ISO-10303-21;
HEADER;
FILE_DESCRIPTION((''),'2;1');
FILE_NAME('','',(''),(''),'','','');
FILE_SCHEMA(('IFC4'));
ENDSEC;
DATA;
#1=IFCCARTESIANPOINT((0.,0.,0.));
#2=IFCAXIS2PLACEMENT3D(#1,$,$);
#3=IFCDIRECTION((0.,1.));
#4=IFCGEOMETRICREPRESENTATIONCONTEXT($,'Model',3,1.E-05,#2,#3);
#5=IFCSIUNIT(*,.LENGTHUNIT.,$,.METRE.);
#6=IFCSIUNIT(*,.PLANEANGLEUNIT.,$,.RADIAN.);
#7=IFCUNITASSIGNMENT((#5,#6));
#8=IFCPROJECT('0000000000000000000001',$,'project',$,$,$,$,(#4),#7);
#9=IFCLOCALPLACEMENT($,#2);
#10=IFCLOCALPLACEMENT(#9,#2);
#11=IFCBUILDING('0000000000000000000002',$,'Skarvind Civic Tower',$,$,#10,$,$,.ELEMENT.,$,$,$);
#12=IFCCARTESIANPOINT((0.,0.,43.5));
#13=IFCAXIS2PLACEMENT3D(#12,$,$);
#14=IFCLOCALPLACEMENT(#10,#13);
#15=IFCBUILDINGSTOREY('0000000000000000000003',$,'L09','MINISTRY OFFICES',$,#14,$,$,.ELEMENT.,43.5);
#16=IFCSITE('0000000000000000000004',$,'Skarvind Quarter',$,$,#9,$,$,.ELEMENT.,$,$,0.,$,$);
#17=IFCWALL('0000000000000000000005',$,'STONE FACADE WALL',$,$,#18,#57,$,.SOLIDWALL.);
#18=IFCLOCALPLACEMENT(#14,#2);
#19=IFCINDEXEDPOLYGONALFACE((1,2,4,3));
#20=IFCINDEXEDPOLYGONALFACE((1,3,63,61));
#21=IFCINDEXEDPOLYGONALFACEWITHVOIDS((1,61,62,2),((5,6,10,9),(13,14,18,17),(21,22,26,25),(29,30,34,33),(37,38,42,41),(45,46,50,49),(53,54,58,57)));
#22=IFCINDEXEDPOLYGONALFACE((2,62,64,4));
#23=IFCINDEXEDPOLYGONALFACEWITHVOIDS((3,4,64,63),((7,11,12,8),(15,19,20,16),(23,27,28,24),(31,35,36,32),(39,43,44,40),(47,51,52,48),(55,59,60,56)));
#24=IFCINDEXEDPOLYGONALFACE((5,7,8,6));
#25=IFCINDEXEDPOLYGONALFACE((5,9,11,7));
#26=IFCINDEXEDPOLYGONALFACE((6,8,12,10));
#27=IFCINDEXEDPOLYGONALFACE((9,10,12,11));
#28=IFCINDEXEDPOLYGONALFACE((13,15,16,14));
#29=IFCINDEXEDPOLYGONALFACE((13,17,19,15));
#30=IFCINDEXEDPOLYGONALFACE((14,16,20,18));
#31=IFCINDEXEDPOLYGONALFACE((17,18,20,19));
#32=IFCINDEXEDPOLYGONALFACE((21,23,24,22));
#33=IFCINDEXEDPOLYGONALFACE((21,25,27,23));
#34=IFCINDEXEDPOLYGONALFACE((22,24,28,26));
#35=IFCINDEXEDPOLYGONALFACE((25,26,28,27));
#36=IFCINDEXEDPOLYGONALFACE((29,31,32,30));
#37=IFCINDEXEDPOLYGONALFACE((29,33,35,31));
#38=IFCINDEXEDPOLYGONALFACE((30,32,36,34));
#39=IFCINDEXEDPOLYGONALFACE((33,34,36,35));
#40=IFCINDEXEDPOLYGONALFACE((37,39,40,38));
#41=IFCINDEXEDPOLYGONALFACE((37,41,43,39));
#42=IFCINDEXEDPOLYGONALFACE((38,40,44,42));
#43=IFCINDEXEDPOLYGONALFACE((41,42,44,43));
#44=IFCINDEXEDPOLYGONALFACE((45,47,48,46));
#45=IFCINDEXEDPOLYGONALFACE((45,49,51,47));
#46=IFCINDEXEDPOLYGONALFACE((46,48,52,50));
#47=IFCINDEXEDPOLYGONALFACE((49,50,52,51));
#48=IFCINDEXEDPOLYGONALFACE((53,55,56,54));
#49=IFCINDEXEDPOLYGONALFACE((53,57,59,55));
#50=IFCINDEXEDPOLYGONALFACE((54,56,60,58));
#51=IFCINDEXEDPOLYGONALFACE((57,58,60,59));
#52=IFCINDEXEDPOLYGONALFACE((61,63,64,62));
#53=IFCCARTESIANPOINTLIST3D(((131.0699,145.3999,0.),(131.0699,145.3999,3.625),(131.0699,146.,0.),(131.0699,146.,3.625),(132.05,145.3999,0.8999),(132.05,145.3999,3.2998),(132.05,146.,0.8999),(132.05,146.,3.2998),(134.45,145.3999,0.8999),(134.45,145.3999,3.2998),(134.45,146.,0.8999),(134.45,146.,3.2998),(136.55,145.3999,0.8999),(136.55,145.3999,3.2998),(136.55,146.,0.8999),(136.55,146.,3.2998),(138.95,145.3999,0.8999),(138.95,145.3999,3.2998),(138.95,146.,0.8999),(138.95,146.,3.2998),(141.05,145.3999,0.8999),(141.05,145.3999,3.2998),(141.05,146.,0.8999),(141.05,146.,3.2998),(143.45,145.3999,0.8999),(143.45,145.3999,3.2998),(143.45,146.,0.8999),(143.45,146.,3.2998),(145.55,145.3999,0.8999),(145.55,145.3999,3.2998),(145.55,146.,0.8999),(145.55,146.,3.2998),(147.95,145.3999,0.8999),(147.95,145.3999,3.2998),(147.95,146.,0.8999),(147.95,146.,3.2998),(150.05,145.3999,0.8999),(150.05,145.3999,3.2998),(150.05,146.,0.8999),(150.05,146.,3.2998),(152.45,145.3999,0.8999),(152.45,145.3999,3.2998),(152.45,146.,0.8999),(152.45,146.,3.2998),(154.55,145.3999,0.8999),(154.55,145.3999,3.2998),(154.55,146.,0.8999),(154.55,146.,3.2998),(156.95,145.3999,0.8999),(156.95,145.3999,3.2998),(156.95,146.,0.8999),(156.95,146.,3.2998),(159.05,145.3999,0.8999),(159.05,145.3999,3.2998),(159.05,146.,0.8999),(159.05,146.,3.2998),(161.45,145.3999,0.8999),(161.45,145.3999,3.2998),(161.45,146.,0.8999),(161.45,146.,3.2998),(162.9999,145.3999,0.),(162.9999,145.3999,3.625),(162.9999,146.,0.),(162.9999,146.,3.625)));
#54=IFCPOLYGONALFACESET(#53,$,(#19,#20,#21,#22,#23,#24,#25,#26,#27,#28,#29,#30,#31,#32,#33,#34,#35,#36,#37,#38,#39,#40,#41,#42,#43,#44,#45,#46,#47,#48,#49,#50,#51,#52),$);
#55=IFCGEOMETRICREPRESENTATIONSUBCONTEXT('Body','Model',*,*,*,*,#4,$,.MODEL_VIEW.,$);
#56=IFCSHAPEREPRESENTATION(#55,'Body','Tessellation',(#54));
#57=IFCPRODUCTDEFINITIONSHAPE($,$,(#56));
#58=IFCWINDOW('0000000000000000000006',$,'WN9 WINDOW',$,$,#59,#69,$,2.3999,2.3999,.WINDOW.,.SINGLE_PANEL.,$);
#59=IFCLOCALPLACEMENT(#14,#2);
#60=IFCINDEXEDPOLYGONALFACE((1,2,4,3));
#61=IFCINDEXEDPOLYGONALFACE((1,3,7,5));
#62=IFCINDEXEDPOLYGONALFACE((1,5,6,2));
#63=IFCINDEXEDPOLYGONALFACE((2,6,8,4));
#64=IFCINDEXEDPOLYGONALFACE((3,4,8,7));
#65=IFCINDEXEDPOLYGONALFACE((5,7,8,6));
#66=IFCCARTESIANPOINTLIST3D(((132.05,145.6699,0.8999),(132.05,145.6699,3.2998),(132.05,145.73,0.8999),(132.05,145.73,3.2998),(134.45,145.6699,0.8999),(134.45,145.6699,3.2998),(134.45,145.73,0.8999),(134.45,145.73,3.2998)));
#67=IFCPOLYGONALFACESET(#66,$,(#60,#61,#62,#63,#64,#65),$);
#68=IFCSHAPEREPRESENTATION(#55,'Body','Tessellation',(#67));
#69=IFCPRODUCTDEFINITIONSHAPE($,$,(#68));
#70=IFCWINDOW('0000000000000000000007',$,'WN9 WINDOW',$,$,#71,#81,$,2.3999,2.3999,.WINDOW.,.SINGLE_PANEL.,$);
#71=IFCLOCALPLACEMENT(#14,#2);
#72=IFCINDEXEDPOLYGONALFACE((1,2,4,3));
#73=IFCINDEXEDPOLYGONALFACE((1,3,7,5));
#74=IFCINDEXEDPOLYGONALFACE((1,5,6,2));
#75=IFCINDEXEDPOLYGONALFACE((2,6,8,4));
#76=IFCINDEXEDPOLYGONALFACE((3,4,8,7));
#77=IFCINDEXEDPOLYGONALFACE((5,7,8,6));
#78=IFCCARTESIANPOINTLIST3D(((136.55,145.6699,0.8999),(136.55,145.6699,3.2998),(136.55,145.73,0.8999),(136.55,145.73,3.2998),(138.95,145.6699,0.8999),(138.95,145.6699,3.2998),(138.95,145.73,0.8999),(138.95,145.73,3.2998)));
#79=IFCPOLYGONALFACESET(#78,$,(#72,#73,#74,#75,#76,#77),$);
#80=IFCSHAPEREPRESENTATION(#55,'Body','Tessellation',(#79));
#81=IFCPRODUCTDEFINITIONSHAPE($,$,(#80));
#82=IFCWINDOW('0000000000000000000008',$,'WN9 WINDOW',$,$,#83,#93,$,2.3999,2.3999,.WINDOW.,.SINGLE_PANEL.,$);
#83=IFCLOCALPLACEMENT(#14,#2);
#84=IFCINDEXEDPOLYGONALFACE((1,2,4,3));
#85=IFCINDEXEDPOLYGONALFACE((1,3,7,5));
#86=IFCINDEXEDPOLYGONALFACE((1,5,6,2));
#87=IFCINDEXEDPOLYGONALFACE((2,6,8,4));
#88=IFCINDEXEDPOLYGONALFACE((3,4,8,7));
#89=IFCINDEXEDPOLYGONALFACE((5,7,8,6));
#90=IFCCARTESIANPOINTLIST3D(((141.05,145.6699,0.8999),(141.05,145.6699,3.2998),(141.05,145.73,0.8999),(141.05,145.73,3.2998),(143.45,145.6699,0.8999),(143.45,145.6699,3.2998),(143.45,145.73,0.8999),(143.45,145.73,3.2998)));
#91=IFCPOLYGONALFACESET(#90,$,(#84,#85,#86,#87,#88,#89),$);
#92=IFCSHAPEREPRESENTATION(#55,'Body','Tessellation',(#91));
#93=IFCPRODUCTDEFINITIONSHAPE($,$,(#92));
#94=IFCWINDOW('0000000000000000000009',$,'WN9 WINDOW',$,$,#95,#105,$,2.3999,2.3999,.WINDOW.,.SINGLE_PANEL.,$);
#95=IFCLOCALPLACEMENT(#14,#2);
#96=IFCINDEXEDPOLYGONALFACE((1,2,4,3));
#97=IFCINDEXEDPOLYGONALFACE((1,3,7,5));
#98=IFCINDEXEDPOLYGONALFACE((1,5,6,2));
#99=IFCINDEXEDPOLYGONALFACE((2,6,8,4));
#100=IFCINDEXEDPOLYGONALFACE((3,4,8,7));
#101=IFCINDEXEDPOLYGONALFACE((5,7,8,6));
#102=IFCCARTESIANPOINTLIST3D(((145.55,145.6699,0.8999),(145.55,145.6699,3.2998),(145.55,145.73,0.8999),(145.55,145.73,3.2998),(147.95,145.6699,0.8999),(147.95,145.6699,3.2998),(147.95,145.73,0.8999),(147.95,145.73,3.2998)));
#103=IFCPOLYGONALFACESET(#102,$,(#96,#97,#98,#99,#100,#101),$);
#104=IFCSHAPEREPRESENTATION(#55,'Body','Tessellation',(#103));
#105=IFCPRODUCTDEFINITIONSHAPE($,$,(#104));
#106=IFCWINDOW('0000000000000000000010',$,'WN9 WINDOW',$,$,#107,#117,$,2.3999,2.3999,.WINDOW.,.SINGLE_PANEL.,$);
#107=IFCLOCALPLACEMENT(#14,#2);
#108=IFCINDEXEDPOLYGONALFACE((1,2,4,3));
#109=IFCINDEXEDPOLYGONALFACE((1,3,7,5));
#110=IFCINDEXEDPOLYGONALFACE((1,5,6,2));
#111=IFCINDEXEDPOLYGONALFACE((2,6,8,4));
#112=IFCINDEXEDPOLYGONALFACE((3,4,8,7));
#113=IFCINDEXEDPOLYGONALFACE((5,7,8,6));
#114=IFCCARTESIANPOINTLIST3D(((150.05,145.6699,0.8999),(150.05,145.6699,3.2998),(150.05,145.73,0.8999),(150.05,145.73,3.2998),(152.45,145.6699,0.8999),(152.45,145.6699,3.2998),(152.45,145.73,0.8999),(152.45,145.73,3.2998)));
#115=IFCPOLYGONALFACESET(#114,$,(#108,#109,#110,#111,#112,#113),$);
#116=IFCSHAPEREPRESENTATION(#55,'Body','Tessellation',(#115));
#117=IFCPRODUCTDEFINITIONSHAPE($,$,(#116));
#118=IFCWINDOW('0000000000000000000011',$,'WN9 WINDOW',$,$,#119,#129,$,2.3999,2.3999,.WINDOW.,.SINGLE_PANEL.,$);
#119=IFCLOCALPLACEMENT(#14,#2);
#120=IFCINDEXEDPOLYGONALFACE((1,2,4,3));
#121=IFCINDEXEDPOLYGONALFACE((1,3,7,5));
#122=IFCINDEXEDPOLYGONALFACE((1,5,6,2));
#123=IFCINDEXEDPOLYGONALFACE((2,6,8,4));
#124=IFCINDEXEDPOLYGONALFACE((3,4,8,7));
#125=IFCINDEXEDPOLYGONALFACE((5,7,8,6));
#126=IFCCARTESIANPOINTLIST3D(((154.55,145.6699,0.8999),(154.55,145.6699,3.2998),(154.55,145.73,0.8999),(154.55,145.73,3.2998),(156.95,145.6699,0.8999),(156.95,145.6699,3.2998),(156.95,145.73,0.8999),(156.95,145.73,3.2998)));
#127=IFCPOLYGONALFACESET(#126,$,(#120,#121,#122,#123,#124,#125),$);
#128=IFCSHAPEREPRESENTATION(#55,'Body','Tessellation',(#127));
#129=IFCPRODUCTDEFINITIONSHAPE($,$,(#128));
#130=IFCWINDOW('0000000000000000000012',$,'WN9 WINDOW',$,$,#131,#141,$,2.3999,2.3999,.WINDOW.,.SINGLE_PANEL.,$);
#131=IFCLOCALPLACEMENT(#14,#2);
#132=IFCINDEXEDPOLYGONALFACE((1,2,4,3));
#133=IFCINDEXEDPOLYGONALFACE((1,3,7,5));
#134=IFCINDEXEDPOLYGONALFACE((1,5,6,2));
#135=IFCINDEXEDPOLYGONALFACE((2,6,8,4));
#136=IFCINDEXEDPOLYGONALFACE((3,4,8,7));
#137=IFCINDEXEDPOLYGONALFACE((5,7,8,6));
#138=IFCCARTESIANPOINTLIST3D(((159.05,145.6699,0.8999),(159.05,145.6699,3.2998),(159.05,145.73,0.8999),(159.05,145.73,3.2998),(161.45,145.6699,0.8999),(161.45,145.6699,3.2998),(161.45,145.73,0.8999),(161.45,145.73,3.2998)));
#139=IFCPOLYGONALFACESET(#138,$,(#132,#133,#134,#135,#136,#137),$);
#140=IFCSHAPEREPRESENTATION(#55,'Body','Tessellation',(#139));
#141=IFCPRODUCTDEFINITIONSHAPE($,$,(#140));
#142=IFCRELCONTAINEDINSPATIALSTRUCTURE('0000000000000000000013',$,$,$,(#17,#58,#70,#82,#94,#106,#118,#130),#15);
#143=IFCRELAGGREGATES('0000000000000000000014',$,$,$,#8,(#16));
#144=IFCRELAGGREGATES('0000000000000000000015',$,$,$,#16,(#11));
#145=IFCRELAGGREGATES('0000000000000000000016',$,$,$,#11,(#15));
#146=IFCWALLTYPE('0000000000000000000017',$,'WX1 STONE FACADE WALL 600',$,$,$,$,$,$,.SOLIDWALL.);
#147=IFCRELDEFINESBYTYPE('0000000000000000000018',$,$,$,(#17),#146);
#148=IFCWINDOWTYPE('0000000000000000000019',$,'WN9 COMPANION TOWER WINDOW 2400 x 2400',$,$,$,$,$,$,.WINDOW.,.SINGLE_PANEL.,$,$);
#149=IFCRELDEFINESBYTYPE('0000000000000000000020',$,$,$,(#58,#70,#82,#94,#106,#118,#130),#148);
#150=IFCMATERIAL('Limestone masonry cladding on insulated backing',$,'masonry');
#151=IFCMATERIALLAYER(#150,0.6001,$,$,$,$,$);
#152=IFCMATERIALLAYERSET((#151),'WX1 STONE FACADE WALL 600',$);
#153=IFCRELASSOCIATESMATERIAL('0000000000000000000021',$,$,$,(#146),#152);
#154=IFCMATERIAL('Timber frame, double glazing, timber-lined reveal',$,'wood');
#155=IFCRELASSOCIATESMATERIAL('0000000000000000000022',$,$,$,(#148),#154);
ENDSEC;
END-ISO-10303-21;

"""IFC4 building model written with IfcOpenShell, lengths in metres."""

from ifc_helpers import new_model, si_unit, direction, frame, frame_2d, origin, place, context, subcontext, project, spatial, rectangle, extrude, material, layer, layer_set, type_object, element, fill, save


model = new_model("IFC4")

# Units and contexts
model_context = context("Model", 3, precision=1e-05, world=origin(), true_north=direction((0.0, 1.0)))
body_context = subcontext(model_context, "Body", "Model", "MODEL_VIEW")
ifc_project = project(units=[si_unit("LENGTHUNIT", "METRE"), si_unit("PLANEANGLEUNIT", "RADIAN")], contexts=[model_context])

# Site, building, storey
site_placement = place(None, origin())
site = spatial("IfcSite", under=ifc_project, at=site_placement, Name="Skarvind Quarter", CompositionType="ELEMENT", RefElevation=0.0)
building_placement = place(site_placement, origin())
building = spatial("IfcBuilding", under=site, at=building_placement, Name="Skarvind Civic Tower", CompositionType="ELEMENT")
storey_placement = place(building_placement, frame((0.0, 0.0, 43.5)))
storey = spatial("IfcBuildingStorey", under=building, at=storey_placement, Name="L09", Description="MINISTRY OFFICES", CompositionType="ELEMENT", Elevation=43.5)

# Wall, openings, windows
ifc_material_1 = material(Name="Limestone masonry cladding on insulated backing", Category="masonry")
ifc_layer_1 = layer(ifc_material_1, 0.6001)
ifc_layer_set_1 = layer_set([ifc_layer_1], Name="WX1 STONE FACADE WALL 600")
wall_type_1 = type_object("IfcWallType", Name="WX1 STONE FACADE WALL 600", PredefinedType="SOLIDWALL", material=ifc_layer_set_1)
wall_1_placement = place(storey_placement, frame((131.0701, 145.7, 0.0), z_axis=(0.0, 0.0, 1.0), x_axis=(1.0, 0.0, 0.0)))
wall_1 = element("IfcWall", 1, at=wall_1_placement, inside=storey, type_object=wall_type_1, Name="STONE FACADE WALL", PredefinedType="SOLIDWALL", context=body_context, shape_type="SweptSolid", body=[
    extrude(rectangle(XDim=31.9299, YDim=0.6001, at=frame_2d((15.9648, 0.0))), origin(), (0.0, 0.0, 1.0), 3.625),
])
opening_1_placement = place(wall_1_placement, frame((0.98, 0.0, 0.8999)))
opening_1 = element("IfcOpeningElement", 2, at=opening_1_placement, cuts=wall_1, PredefinedType="OPENING", context=body_context, shape_type="SweptSolid", body=[
    extrude(rectangle(XDim=2.3999, YDim=2.3999, at=frame_2d((1.2, 1.2))), frame((0.0, 0.3101, 0.0), z_axis=(0.0, -1.0, 0.0), x_axis=(1.0, 0.0, 0.0)), (0.0, 0.0, 1.0), 0.6201),
])
opening_2_placement = place(wall_1_placement, frame((5.48, 0.0, 0.8999)))
opening_2 = element("IfcOpeningElement", 3, at=opening_2_placement, cuts=wall_1, PredefinedType="OPENING", context=body_context, shape_type="SweptSolid", body=[
    extrude(rectangle(XDim=2.3999, YDim=2.3999, at=frame_2d((1.2, 1.2))), frame((0.0, 0.3101, 0.0), z_axis=(0.0, -1.0, 0.0), x_axis=(1.0, 0.0, 0.0)), (0.0, 0.0, 1.0), 0.6201),
])
opening_3_placement = place(wall_1_placement, frame((9.98, 0.0, 0.8999)))
opening_3 = element("IfcOpeningElement", 4, at=opening_3_placement, cuts=wall_1, PredefinedType="OPENING", context=body_context, shape_type="SweptSolid", body=[
    extrude(rectangle(XDim=2.3999, YDim=2.3999, at=frame_2d((1.2, 1.2))), frame((0.0, 0.3101, 0.0), z_axis=(0.0, -1.0, 0.0), x_axis=(1.0, 0.0, 0.0)), (0.0, 0.0, 1.0), 0.6201),
])
opening_4_placement = place(wall_1_placement, frame((14.48, 0.0, 0.8999)))
opening_4 = element("IfcOpeningElement", 5, at=opening_4_placement, cuts=wall_1, PredefinedType="OPENING", context=body_context, shape_type="SweptSolid", body=[
    extrude(rectangle(XDim=2.3999, YDim=2.3999, at=frame_2d((1.2, 1.2))), frame((0.0, 0.3101, 0.0), z_axis=(0.0, -1.0, 0.0), x_axis=(1.0, 0.0, 0.0)), (0.0, 0.0, 1.0), 0.6201),
])
opening_5_placement = place(wall_1_placement, frame((18.98, 0.0, 0.8999)))
opening_5 = element("IfcOpeningElement", 6, at=opening_5_placement, cuts=wall_1, PredefinedType="OPENING", context=body_context, shape_type="SweptSolid", body=[
    extrude(rectangle(XDim=2.3999, YDim=2.3999, at=frame_2d((1.2, 1.2))), frame((0.0, 0.3101, 0.0), z_axis=(0.0, -1.0, 0.0), x_axis=(1.0, 0.0, 0.0)), (0.0, 0.0, 1.0), 0.6201),
])
opening_6_placement = place(wall_1_placement, frame((23.48, 0.0, 0.8999)))
opening_6 = element("IfcOpeningElement", 7, at=opening_6_placement, cuts=wall_1, PredefinedType="OPENING", context=body_context, shape_type="SweptSolid", body=[
    extrude(rectangle(XDim=2.3999, YDim=2.3999, at=frame_2d((1.2, 1.2))), frame((0.0, 0.3101, 0.0), z_axis=(0.0, -1.0, 0.0), x_axis=(1.0, 0.0, 0.0)), (0.0, 0.0, 1.0), 0.6201),
])
opening_7_placement = place(wall_1_placement, frame((27.98, 0.0, 0.8999)))
opening_7 = element("IfcOpeningElement", 8, at=opening_7_placement, cuts=wall_1, PredefinedType="OPENING", context=body_context, shape_type="SweptSolid", body=[
    extrude(rectangle(XDim=2.3999, YDim=2.3999, at=frame_2d((1.2, 1.2))), frame((0.0, 0.3101, 0.0), z_axis=(0.0, -1.0, 0.0), x_axis=(1.0, 0.0, 0.0)), (0.0, 0.0, 1.0), 0.6201),
])
ifc_material_2 = material(Name="Timber frame, double glazing, timber-lined reveal", Category="wood")
window_type = type_object("IfcWindowType", Name="WN9 COMPANION TOWER WINDOW 2400 x 2400", PartitioningType="SINGLE_PANEL", PredefinedType="WINDOW", material=ifc_material_2)
window_1_placement = place(opening_1_placement, origin())
window_1 = element("IfcWindow", 9, at=window_1_placement, inside=storey, type_object=window_type, Name="WN9 WINDOW", OverallHeight=2.3999, OverallWidth=2.3999, PartitioningType="SINGLE_PANEL", PredefinedType="WINDOW", context=body_context, shape_type="SweptSolid", body=[
    extrude(rectangle(XDim=2.3999, YDim=2.3999, at=frame_2d((1.2, 1.2))), frame((0.0, 0.03, 0.0), z_axis=(0.0, -1.0, 0.0), x_axis=(1.0, 0.0, 0.0)), (0.0, 0.0, 1.0), 0.0601),
])
fill(opening_1, window_1)
window_2_placement = place(opening_2_placement, origin())
window_2 = element("IfcWindow", 10, at=window_2_placement, inside=storey, type_object=window_type, Name="WN9 WINDOW", OverallHeight=2.3999, OverallWidth=2.3999, PartitioningType="SINGLE_PANEL", PredefinedType="WINDOW", context=body_context, shape_type="SweptSolid", body=[
    extrude(rectangle(XDim=2.3999, YDim=2.3999, at=frame_2d((1.2, 1.2))), frame((0.0, 0.03, 0.0), z_axis=(0.0, -1.0, 0.0), x_axis=(1.0, 0.0, 0.0)), (0.0, 0.0, 1.0), 0.0601),
])
fill(opening_2, window_2)
window_3_placement = place(opening_3_placement, origin())
window_3 = element("IfcWindow", 11, at=window_3_placement, inside=storey, type_object=window_type, Name="WN9 WINDOW", OverallHeight=2.3999, OverallWidth=2.3999, PartitioningType="SINGLE_PANEL", PredefinedType="WINDOW", context=body_context, shape_type="SweptSolid", body=[
    extrude(rectangle(XDim=2.3999, YDim=2.3999, at=frame_2d((1.2, 1.2))), frame((0.0, 0.03, 0.0), z_axis=(0.0, -1.0, 0.0), x_axis=(1.0, 0.0, 0.0)), (0.0, 0.0, 1.0), 0.0601),
])
fill(opening_3, window_3)
window_4_placement = place(opening_4_placement, origin())
window_4 = element("IfcWindow", 12, at=window_4_placement, inside=storey, type_object=window_type, Name="WN9 WINDOW", OverallHeight=2.3999, OverallWidth=2.3999, PartitioningType="SINGLE_PANEL", PredefinedType="WINDOW", context=body_context, shape_type="SweptSolid", body=[
    extrude(rectangle(XDim=2.3999, YDim=2.3999, at=frame_2d((1.2, 1.2))), frame((0.0, 0.03, 0.0), z_axis=(0.0, -1.0, 0.0), x_axis=(1.0, 0.0, 0.0)), (0.0, 0.0, 1.0), 0.0601),
])
fill(opening_4, window_4)
window_5_placement = place(opening_5_placement, origin())
window_5 = element("IfcWindow", 13, at=window_5_placement, inside=storey, type_object=window_type, Name="WN9 WINDOW", OverallHeight=2.3999, OverallWidth=2.3999, PartitioningType="SINGLE_PANEL", PredefinedType="WINDOW", context=body_context, shape_type="SweptSolid", body=[
    extrude(rectangle(XDim=2.3999, YDim=2.3999, at=frame_2d((1.2, 1.2))), frame((0.0, 0.03, 0.0), z_axis=(0.0, -1.0, 0.0), x_axis=(1.0, 0.0, 0.0)), (0.0, 0.0, 1.0), 0.0601),
])
fill(opening_5, window_5)
window_6_placement = place(opening_6_placement, origin())
window_6 = element("IfcWindow", 14, at=window_6_placement, inside=storey, type_object=window_type, Name="WN9 WINDOW", OverallHeight=2.3999, OverallWidth=2.3999, PartitioningType="SINGLE_PANEL", PredefinedType="WINDOW", context=body_context, shape_type="SweptSolid", body=[
    extrude(rectangle(XDim=2.3999, YDim=2.3999, at=frame_2d((1.2, 1.2))), frame((0.0, 0.03, 0.0), z_axis=(0.0, -1.0, 0.0), x_axis=(1.0, 0.0, 0.0)), (0.0, 0.0, 1.0), 0.0601),
])
fill(opening_6, window_6)
window_7_placement = place(opening_7_placement, origin())
window_7 = element("IfcWindow", 15, at=window_7_placement, inside=storey, type_object=window_type, Name="WN9 WINDOW", OverallHeight=2.3999, OverallWidth=2.3999, PartitioningType="SINGLE_PANEL", PredefinedType="WINDOW", context=body_context, shape_type="SweptSolid", body=[
    extrude(rectangle(XDim=2.3999, YDim=2.3999, at=frame_2d((1.2, 1.2))), frame((0.0, 0.03, 0.0), z_axis=(0.0, -1.0, 0.0), x_axis=(1.0, 0.0, 0.0)), (0.0, 0.0, 1.0), 0.0601),
])
fill(opening_7, window_7)

save(model, "model.ifc")
